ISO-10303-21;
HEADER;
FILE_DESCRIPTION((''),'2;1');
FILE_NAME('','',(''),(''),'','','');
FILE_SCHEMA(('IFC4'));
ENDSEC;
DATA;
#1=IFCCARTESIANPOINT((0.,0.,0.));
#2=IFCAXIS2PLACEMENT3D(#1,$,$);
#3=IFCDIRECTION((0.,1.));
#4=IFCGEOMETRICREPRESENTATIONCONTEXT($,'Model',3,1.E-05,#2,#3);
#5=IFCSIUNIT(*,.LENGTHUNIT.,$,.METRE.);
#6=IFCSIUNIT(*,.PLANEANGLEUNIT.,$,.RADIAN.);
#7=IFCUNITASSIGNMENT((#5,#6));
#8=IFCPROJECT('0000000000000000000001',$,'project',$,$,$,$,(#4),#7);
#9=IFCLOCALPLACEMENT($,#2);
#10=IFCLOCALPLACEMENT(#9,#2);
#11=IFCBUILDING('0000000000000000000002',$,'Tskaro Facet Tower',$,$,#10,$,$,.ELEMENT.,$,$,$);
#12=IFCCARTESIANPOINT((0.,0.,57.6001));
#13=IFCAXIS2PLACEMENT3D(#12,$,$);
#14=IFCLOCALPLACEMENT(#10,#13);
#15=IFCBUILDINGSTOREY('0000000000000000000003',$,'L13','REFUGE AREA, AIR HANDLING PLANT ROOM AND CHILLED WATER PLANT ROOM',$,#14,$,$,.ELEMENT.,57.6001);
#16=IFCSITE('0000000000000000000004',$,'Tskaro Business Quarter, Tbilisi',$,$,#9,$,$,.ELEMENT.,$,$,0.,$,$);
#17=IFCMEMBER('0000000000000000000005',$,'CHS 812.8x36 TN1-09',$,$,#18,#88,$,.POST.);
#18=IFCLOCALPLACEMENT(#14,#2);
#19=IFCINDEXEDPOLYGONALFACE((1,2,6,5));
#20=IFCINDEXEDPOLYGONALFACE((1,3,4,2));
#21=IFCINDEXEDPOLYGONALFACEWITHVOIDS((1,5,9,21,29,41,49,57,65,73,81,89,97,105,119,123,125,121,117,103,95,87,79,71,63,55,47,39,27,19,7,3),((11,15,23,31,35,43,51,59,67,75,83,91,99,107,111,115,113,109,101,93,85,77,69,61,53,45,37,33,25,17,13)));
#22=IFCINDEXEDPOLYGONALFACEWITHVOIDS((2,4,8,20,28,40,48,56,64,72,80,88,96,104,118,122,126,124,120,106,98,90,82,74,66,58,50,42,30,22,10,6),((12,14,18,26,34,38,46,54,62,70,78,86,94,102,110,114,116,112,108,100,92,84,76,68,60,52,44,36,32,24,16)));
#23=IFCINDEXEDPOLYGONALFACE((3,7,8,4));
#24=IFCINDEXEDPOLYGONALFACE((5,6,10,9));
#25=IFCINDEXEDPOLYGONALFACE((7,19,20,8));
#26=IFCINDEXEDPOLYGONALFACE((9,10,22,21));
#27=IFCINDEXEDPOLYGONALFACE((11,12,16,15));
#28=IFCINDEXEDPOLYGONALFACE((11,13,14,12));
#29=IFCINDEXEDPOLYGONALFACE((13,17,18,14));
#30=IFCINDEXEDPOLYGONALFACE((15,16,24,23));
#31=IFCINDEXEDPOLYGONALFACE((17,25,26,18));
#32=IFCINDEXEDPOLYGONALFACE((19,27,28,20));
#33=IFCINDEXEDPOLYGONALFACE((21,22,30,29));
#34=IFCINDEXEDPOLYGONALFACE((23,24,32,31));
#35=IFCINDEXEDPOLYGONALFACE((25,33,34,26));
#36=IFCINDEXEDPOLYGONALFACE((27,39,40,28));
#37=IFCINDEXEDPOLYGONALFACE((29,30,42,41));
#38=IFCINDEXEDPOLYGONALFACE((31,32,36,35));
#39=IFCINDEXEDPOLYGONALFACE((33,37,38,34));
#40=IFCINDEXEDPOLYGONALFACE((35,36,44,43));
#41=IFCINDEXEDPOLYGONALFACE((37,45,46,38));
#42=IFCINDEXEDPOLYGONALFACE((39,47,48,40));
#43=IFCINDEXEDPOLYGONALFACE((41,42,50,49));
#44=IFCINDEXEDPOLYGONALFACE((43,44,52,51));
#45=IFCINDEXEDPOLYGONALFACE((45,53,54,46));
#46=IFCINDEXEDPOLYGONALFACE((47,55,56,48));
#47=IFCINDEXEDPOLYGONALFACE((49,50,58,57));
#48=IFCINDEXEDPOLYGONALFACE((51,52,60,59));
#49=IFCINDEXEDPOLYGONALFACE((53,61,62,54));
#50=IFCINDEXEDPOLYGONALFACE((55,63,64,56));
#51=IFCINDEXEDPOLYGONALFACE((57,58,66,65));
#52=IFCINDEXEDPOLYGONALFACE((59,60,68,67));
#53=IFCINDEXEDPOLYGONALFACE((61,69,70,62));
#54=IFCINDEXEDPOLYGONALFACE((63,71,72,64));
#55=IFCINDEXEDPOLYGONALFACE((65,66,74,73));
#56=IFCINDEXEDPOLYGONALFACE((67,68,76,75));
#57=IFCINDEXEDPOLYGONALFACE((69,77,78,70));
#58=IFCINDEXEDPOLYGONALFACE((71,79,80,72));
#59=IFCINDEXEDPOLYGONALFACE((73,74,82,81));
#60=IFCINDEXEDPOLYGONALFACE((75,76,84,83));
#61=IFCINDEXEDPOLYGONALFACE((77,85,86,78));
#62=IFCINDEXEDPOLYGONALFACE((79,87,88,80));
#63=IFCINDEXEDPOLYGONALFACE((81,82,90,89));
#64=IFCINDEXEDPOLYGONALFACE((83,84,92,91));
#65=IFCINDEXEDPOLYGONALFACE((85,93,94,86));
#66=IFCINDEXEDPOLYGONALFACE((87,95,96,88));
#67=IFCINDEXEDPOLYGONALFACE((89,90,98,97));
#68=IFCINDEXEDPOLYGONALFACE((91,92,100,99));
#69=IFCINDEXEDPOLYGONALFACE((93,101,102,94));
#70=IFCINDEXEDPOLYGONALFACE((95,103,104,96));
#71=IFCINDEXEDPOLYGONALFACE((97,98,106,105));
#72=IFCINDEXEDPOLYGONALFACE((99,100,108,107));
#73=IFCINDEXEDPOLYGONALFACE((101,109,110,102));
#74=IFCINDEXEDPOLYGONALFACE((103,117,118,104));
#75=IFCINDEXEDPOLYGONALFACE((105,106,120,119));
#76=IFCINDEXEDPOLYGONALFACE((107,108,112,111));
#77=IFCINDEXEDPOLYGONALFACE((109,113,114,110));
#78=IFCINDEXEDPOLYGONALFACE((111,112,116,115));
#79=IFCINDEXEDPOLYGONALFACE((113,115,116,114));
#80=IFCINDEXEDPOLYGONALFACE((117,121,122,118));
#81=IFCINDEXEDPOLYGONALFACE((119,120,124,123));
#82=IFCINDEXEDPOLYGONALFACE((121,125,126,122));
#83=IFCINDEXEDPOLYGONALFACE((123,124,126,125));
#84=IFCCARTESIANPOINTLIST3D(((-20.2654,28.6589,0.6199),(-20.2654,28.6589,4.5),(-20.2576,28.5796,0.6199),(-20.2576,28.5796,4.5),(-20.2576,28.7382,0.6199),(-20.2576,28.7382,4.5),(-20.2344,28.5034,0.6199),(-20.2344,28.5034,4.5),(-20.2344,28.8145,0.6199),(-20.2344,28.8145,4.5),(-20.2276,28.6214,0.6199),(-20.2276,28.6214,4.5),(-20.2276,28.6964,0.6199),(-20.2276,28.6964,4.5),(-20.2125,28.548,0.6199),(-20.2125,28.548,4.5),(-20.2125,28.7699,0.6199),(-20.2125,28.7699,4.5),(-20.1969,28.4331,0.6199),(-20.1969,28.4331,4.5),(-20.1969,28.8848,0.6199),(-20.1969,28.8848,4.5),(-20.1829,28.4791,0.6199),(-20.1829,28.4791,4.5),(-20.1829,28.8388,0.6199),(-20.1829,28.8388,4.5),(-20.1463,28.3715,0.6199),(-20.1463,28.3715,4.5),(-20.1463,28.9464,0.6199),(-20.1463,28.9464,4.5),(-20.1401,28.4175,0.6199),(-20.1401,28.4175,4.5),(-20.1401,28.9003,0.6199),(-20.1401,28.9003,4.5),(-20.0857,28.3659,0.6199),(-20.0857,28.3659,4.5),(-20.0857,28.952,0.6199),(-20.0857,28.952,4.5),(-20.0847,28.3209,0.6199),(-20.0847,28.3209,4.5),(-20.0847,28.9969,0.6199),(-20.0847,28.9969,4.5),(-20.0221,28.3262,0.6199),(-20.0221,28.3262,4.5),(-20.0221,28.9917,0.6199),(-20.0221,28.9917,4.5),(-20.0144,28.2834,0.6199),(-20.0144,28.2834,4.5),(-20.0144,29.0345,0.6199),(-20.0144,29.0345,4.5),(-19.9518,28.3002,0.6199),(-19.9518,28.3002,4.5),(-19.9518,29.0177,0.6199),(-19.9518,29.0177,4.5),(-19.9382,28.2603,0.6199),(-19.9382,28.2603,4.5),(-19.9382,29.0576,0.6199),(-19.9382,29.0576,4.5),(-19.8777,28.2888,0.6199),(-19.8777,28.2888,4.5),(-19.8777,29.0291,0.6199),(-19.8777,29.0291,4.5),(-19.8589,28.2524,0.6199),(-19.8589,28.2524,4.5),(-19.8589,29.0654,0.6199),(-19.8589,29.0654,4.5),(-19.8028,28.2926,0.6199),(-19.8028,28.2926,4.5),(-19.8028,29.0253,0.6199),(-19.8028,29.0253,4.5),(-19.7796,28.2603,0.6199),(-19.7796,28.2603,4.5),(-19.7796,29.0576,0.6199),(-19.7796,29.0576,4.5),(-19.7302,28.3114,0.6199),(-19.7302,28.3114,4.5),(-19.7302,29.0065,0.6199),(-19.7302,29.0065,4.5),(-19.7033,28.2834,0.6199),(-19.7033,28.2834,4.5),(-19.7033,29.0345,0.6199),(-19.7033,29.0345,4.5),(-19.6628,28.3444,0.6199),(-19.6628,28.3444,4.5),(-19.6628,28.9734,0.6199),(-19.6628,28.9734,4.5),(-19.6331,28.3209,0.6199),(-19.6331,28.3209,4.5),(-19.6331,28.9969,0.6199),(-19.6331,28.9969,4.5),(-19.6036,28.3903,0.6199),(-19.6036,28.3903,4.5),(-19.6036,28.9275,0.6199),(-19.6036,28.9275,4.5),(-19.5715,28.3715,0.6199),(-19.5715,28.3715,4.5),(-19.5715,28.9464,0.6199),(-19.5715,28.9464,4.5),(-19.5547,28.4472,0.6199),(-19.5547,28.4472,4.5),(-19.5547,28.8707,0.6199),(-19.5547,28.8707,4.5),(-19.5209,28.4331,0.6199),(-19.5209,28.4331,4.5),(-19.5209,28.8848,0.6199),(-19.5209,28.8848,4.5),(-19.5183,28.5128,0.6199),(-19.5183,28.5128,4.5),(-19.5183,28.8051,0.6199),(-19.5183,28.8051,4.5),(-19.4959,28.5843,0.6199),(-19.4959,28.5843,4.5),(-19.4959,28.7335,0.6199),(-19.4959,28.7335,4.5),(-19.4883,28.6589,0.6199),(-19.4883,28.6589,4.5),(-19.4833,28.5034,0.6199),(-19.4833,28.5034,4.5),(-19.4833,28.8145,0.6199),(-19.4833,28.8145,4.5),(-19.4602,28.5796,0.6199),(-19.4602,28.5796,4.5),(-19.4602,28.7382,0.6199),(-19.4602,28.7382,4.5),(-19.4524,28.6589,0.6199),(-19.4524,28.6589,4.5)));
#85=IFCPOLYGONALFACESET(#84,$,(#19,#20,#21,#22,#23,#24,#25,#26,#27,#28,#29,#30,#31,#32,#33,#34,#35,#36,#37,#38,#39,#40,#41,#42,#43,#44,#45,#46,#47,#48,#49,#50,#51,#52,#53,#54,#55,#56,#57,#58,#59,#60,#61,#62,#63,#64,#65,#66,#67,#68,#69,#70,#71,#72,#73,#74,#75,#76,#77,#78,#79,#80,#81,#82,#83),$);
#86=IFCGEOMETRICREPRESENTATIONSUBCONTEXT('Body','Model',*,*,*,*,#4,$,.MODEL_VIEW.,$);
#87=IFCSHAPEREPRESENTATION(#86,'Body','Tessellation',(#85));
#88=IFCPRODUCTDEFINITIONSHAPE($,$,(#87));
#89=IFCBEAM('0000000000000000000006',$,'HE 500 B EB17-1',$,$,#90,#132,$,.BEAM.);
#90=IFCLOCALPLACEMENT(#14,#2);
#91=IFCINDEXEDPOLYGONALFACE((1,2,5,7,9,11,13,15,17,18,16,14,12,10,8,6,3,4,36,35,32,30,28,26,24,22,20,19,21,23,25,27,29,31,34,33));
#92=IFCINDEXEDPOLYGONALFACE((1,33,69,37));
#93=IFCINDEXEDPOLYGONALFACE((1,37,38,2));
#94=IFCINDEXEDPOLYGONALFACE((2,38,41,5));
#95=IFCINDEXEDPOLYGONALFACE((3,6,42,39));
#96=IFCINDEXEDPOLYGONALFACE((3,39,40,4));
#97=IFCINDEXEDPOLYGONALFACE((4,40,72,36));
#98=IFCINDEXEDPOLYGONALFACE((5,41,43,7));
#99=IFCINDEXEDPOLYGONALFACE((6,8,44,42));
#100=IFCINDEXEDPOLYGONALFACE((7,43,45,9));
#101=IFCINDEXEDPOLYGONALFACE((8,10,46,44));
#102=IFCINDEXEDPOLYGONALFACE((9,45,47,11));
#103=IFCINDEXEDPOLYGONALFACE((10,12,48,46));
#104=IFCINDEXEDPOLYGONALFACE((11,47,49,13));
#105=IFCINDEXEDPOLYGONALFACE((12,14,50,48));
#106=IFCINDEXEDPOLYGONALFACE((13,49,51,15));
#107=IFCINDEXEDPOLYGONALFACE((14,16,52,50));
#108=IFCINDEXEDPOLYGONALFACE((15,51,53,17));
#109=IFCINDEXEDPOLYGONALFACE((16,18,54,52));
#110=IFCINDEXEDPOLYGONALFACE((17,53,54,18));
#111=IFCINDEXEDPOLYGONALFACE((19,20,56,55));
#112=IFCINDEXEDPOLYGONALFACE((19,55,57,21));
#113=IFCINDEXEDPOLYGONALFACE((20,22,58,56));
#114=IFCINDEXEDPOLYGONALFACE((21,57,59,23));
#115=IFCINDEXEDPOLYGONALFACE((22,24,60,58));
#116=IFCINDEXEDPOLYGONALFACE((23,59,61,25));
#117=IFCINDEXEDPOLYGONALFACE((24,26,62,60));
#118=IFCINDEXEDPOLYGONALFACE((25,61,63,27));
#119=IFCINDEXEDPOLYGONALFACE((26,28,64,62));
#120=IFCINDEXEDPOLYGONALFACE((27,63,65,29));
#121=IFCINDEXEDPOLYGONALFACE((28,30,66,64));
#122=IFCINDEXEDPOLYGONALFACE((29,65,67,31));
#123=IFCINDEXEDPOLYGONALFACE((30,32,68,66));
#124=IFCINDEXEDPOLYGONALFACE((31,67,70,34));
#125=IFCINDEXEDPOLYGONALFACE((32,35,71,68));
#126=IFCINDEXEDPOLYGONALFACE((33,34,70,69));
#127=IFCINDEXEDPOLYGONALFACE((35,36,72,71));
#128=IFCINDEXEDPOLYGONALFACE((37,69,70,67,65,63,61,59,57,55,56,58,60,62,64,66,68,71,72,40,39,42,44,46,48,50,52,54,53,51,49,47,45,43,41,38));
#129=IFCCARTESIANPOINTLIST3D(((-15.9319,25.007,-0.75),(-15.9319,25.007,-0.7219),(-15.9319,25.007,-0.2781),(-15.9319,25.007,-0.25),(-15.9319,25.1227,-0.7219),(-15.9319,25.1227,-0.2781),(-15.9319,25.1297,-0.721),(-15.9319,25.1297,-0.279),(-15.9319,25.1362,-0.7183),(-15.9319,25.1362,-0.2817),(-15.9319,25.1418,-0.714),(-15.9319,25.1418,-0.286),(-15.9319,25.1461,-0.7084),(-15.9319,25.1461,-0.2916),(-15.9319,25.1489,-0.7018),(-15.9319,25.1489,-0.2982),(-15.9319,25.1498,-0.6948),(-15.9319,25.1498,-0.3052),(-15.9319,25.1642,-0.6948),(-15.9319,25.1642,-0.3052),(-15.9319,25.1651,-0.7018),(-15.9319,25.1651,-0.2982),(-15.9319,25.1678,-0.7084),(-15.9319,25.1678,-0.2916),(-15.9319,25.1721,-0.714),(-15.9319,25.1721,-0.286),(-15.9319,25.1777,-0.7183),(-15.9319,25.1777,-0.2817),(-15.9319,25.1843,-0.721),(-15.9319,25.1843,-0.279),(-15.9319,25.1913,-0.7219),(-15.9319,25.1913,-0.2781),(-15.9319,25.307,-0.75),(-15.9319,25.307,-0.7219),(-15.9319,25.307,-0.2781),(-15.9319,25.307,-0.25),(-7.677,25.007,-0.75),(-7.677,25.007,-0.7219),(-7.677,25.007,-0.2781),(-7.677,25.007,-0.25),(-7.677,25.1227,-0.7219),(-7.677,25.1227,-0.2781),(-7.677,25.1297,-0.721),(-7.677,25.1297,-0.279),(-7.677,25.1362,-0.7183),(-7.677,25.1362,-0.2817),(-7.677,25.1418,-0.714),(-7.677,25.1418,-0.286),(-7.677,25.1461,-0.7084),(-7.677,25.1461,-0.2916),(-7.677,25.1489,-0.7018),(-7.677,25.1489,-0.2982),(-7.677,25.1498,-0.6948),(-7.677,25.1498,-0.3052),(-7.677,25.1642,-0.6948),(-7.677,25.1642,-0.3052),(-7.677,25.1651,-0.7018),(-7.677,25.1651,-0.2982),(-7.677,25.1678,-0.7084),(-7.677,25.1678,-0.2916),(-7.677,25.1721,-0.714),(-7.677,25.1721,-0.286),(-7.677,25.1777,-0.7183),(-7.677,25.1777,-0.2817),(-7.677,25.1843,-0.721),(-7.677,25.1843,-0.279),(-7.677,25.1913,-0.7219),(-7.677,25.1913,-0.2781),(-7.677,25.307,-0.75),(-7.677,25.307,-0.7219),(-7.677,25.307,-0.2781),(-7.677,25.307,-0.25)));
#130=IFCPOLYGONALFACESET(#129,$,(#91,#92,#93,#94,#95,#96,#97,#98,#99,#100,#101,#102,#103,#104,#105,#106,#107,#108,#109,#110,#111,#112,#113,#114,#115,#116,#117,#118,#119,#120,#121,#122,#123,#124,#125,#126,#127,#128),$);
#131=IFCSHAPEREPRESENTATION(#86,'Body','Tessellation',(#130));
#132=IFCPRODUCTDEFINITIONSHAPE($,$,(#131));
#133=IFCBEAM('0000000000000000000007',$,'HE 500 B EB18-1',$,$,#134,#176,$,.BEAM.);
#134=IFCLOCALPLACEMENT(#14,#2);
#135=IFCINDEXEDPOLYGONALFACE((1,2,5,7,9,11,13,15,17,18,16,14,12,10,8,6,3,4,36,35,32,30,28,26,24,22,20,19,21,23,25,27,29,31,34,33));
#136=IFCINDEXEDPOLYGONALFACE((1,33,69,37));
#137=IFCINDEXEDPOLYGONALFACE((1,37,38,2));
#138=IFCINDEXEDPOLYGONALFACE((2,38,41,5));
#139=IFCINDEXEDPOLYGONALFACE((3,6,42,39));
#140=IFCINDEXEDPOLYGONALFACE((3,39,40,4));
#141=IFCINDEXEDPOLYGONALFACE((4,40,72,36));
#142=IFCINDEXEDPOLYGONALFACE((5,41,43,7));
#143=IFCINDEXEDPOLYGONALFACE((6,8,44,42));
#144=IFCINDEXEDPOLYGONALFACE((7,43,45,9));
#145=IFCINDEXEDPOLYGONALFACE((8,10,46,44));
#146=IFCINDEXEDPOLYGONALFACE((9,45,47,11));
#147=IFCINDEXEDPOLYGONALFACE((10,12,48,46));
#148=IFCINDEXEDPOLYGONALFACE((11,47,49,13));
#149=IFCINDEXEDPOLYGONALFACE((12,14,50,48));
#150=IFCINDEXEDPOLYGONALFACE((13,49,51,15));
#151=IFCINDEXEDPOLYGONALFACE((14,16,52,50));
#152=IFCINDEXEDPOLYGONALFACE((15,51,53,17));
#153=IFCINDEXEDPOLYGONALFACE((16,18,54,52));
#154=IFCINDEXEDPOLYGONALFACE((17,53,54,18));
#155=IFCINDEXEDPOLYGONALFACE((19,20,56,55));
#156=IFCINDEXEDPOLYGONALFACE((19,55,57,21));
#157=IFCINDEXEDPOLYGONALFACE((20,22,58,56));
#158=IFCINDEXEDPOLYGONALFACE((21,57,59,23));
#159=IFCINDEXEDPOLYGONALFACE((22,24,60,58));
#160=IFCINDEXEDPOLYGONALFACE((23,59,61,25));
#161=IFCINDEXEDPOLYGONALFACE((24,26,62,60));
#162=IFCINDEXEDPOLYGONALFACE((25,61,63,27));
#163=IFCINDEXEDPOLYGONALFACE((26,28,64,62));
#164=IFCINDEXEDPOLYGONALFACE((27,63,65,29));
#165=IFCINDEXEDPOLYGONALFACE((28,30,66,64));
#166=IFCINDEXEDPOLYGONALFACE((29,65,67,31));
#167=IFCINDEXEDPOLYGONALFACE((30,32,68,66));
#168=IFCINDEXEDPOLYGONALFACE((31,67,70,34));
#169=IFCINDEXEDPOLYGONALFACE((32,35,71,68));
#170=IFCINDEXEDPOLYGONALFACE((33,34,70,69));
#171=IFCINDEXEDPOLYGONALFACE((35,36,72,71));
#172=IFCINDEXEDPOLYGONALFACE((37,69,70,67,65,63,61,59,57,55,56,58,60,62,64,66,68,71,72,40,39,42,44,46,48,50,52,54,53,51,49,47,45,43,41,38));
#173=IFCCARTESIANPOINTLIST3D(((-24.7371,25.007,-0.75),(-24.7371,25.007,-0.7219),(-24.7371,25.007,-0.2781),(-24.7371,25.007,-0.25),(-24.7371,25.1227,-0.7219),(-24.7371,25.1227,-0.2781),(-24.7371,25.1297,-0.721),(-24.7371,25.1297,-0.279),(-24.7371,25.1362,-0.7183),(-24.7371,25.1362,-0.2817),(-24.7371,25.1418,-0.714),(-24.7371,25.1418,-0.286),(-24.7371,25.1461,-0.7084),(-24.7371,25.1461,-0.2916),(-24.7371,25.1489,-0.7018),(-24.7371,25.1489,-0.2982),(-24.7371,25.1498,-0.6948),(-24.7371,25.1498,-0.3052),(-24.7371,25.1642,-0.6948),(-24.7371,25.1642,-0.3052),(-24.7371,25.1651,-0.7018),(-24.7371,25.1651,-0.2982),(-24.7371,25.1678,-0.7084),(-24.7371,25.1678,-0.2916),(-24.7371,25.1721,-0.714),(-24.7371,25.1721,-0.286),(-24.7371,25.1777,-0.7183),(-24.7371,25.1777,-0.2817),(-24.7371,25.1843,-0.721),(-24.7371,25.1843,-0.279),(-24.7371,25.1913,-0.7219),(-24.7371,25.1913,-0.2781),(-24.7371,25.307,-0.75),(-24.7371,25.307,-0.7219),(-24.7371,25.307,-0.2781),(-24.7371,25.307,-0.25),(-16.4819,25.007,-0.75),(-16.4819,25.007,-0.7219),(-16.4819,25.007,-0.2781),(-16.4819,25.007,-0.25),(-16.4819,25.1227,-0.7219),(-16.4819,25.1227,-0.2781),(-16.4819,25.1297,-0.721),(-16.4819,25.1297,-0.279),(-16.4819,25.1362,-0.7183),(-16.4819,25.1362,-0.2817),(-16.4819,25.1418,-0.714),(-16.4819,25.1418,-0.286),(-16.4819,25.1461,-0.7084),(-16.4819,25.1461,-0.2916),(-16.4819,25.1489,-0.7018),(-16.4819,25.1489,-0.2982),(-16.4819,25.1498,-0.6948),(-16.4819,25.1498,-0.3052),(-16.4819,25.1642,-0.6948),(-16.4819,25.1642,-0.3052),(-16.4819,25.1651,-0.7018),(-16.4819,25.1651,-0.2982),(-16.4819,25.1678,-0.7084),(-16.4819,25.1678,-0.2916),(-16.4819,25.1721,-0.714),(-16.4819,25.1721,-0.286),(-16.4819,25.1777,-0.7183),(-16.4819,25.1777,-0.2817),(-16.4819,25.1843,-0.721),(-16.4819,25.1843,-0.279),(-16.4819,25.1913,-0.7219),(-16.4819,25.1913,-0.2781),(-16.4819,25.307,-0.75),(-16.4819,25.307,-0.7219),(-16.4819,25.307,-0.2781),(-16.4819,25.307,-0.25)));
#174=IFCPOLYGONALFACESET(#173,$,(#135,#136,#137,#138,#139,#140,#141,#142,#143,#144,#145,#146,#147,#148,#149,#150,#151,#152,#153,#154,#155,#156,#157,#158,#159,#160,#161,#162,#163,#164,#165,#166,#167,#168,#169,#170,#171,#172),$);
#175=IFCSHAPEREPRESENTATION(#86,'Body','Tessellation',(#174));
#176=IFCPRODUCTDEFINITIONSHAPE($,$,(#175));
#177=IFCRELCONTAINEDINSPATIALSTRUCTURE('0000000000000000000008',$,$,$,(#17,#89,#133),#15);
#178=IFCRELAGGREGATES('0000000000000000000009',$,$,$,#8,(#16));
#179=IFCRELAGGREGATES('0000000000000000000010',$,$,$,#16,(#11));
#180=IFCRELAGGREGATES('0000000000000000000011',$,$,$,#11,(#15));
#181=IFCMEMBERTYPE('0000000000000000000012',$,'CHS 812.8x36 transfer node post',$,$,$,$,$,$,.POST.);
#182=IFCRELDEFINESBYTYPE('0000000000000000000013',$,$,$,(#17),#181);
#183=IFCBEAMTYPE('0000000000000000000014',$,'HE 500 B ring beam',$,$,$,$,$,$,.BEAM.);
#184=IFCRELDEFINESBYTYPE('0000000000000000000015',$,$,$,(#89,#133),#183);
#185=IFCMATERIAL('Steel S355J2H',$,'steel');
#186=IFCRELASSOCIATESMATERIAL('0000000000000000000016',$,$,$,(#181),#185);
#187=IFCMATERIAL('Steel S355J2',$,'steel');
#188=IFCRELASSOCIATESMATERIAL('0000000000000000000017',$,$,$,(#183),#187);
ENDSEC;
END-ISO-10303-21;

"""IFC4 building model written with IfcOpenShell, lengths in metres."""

from ifc_helpers import new_model, si_unit, direction, frame, origin, origin_2d, place, context, subcontext, project, spatial, hollow_circle, i_section, extrude, material, material_profile, profile_set, type_object, element, save


model = new_model("IFC4")

# Units and contexts
model_context = context("Model", 3, precision=1e-05, world=origin(), true_north=direction((0.0, 1.0)))
body_context = subcontext(model_context, "Body", "Model", "MODEL_VIEW")
ifc_project = project(units=[si_unit("LENGTHUNIT", "METRE"), si_unit("PLANEANGLEUNIT", "RADIAN")], contexts=[model_context])

# Site, building, storey
site_placement = place(None, origin())
site = spatial("IfcSite", under=ifc_project, at=site_placement, Name="Tskaro Business Quarter, Tbilisi", CompositionType="ELEMENT", RefElevation=0.0)
building_placement = place(site_placement, origin())
building = spatial("IfcBuilding", under=site, at=building_placement, Name="Tskaro Facet Tower", CompositionType="ELEMENT")
storey_placement = place(building_placement, frame((0.0, 0.0, 57.6001)))
storey = spatial("IfcBuildingStorey", under=building, at=storey_placement, Name="L13", Description="REFUGE AREA, AIR HANDLING PLANT ROOM AND CHILLED WATER PLANT ROOM", CompositionType="ELEMENT", Elevation=57.6001)

# Shared definitions
ifc_material_1 = material(Name="Steel S355J2H", Category="steel")

# Shared definitions
ifc_material_2 = material(Name="Steel S355J2", Category="steel")

# Member
ifc_material_profile_1 = material_profile(ifc_material_1, hollow_circle(Radius=0.4065, WallThickness=0.0359, at=origin_2d()), Name="CHS 812.8x36")
ifc_profile_set_1 = profile_set([ifc_material_profile_1], Name="Steel S355J2H")
member_type_1 = type_object("IfcMemberType", Name="CHS 812.8x36 transfer node post", PredefinedType="POST", material=ifc_profile_set_1)
member_1_placement = place(storey_placement, frame((-19.8589, 28.6589, 0.6199), z_axis=(0.0, 0.0, 1.0), x_axis=(1.0, 0.0, 0.0)))
element("IfcMember", 1, at=member_1_placement, inside=storey, type_object=member_type_1, Name="CHS 812.8x36 TN1-09", PredefinedType="POST", context=body_context, shape_type="SweptSolid", body=[
    extrude(hollow_circle(Radius=0.4065, WallThickness=0.0359, at=origin_2d()), origin(), (0.0, 0.0, 1.0), 3.8801),
])

# Beams
ifc_material_profile_2 = material_profile(ifc_material_2, i_section(OverallWidth=0.3, OverallDepth=0.5, WebThickness=0.0144, FlangeThickness=0.0281, FilletRadius=0.0271, at=origin_2d()), Name="HE 500 B")
ifc_profile_set_2 = profile_set([ifc_material_profile_2], Name="Steel S355J2")
beam_type_1 = type_object("IfcBeamType", Name="HE 500 B ring beam", PredefinedType="BEAM", material=ifc_profile_set_2)
beam_1_placement = place(storey_placement, frame((-7.677, 25.157, -0.5), z_axis=(-1.0, 0.0, 0.0), x_axis=(0.0, -1.0, 0.0)))
element("IfcBeam", 2, at=beam_1_placement, inside=storey, type_object=beam_type_1, Name="HE 500 B EB17-1", PredefinedType="BEAM", context=body_context, shape_type="SweptSolid", body=[
    extrude(i_section(OverallWidth=0.3, OverallDepth=0.5, WebThickness=0.0144, FlangeThickness=0.0281, FilletRadius=0.0271, at=origin_2d()), origin(), (0.0, 0.0, 1.0), 8.2549),
])
beam_2_placement = place(storey_placement, frame((-16.4819, 25.157, -0.5), z_axis=(-1.0, 0.0, 0.0), x_axis=(0.0, -1.0, 0.0)))
element("IfcBeam", 3, at=beam_2_placement, inside=storey, type_object=beam_type_1, Name="HE 500 B EB18-1", PredefinedType="BEAM", context=body_context, shape_type="SweptSolid", body=[
    extrude(i_section(OverallWidth=0.3, OverallDepth=0.5, WebThickness=0.0144, FlangeThickness=0.0281, FilletRadius=0.0271, at=origin_2d()), origin(), (0.0, 0.0, 1.0), 8.2551),
])

save(model, "model.ifc")
